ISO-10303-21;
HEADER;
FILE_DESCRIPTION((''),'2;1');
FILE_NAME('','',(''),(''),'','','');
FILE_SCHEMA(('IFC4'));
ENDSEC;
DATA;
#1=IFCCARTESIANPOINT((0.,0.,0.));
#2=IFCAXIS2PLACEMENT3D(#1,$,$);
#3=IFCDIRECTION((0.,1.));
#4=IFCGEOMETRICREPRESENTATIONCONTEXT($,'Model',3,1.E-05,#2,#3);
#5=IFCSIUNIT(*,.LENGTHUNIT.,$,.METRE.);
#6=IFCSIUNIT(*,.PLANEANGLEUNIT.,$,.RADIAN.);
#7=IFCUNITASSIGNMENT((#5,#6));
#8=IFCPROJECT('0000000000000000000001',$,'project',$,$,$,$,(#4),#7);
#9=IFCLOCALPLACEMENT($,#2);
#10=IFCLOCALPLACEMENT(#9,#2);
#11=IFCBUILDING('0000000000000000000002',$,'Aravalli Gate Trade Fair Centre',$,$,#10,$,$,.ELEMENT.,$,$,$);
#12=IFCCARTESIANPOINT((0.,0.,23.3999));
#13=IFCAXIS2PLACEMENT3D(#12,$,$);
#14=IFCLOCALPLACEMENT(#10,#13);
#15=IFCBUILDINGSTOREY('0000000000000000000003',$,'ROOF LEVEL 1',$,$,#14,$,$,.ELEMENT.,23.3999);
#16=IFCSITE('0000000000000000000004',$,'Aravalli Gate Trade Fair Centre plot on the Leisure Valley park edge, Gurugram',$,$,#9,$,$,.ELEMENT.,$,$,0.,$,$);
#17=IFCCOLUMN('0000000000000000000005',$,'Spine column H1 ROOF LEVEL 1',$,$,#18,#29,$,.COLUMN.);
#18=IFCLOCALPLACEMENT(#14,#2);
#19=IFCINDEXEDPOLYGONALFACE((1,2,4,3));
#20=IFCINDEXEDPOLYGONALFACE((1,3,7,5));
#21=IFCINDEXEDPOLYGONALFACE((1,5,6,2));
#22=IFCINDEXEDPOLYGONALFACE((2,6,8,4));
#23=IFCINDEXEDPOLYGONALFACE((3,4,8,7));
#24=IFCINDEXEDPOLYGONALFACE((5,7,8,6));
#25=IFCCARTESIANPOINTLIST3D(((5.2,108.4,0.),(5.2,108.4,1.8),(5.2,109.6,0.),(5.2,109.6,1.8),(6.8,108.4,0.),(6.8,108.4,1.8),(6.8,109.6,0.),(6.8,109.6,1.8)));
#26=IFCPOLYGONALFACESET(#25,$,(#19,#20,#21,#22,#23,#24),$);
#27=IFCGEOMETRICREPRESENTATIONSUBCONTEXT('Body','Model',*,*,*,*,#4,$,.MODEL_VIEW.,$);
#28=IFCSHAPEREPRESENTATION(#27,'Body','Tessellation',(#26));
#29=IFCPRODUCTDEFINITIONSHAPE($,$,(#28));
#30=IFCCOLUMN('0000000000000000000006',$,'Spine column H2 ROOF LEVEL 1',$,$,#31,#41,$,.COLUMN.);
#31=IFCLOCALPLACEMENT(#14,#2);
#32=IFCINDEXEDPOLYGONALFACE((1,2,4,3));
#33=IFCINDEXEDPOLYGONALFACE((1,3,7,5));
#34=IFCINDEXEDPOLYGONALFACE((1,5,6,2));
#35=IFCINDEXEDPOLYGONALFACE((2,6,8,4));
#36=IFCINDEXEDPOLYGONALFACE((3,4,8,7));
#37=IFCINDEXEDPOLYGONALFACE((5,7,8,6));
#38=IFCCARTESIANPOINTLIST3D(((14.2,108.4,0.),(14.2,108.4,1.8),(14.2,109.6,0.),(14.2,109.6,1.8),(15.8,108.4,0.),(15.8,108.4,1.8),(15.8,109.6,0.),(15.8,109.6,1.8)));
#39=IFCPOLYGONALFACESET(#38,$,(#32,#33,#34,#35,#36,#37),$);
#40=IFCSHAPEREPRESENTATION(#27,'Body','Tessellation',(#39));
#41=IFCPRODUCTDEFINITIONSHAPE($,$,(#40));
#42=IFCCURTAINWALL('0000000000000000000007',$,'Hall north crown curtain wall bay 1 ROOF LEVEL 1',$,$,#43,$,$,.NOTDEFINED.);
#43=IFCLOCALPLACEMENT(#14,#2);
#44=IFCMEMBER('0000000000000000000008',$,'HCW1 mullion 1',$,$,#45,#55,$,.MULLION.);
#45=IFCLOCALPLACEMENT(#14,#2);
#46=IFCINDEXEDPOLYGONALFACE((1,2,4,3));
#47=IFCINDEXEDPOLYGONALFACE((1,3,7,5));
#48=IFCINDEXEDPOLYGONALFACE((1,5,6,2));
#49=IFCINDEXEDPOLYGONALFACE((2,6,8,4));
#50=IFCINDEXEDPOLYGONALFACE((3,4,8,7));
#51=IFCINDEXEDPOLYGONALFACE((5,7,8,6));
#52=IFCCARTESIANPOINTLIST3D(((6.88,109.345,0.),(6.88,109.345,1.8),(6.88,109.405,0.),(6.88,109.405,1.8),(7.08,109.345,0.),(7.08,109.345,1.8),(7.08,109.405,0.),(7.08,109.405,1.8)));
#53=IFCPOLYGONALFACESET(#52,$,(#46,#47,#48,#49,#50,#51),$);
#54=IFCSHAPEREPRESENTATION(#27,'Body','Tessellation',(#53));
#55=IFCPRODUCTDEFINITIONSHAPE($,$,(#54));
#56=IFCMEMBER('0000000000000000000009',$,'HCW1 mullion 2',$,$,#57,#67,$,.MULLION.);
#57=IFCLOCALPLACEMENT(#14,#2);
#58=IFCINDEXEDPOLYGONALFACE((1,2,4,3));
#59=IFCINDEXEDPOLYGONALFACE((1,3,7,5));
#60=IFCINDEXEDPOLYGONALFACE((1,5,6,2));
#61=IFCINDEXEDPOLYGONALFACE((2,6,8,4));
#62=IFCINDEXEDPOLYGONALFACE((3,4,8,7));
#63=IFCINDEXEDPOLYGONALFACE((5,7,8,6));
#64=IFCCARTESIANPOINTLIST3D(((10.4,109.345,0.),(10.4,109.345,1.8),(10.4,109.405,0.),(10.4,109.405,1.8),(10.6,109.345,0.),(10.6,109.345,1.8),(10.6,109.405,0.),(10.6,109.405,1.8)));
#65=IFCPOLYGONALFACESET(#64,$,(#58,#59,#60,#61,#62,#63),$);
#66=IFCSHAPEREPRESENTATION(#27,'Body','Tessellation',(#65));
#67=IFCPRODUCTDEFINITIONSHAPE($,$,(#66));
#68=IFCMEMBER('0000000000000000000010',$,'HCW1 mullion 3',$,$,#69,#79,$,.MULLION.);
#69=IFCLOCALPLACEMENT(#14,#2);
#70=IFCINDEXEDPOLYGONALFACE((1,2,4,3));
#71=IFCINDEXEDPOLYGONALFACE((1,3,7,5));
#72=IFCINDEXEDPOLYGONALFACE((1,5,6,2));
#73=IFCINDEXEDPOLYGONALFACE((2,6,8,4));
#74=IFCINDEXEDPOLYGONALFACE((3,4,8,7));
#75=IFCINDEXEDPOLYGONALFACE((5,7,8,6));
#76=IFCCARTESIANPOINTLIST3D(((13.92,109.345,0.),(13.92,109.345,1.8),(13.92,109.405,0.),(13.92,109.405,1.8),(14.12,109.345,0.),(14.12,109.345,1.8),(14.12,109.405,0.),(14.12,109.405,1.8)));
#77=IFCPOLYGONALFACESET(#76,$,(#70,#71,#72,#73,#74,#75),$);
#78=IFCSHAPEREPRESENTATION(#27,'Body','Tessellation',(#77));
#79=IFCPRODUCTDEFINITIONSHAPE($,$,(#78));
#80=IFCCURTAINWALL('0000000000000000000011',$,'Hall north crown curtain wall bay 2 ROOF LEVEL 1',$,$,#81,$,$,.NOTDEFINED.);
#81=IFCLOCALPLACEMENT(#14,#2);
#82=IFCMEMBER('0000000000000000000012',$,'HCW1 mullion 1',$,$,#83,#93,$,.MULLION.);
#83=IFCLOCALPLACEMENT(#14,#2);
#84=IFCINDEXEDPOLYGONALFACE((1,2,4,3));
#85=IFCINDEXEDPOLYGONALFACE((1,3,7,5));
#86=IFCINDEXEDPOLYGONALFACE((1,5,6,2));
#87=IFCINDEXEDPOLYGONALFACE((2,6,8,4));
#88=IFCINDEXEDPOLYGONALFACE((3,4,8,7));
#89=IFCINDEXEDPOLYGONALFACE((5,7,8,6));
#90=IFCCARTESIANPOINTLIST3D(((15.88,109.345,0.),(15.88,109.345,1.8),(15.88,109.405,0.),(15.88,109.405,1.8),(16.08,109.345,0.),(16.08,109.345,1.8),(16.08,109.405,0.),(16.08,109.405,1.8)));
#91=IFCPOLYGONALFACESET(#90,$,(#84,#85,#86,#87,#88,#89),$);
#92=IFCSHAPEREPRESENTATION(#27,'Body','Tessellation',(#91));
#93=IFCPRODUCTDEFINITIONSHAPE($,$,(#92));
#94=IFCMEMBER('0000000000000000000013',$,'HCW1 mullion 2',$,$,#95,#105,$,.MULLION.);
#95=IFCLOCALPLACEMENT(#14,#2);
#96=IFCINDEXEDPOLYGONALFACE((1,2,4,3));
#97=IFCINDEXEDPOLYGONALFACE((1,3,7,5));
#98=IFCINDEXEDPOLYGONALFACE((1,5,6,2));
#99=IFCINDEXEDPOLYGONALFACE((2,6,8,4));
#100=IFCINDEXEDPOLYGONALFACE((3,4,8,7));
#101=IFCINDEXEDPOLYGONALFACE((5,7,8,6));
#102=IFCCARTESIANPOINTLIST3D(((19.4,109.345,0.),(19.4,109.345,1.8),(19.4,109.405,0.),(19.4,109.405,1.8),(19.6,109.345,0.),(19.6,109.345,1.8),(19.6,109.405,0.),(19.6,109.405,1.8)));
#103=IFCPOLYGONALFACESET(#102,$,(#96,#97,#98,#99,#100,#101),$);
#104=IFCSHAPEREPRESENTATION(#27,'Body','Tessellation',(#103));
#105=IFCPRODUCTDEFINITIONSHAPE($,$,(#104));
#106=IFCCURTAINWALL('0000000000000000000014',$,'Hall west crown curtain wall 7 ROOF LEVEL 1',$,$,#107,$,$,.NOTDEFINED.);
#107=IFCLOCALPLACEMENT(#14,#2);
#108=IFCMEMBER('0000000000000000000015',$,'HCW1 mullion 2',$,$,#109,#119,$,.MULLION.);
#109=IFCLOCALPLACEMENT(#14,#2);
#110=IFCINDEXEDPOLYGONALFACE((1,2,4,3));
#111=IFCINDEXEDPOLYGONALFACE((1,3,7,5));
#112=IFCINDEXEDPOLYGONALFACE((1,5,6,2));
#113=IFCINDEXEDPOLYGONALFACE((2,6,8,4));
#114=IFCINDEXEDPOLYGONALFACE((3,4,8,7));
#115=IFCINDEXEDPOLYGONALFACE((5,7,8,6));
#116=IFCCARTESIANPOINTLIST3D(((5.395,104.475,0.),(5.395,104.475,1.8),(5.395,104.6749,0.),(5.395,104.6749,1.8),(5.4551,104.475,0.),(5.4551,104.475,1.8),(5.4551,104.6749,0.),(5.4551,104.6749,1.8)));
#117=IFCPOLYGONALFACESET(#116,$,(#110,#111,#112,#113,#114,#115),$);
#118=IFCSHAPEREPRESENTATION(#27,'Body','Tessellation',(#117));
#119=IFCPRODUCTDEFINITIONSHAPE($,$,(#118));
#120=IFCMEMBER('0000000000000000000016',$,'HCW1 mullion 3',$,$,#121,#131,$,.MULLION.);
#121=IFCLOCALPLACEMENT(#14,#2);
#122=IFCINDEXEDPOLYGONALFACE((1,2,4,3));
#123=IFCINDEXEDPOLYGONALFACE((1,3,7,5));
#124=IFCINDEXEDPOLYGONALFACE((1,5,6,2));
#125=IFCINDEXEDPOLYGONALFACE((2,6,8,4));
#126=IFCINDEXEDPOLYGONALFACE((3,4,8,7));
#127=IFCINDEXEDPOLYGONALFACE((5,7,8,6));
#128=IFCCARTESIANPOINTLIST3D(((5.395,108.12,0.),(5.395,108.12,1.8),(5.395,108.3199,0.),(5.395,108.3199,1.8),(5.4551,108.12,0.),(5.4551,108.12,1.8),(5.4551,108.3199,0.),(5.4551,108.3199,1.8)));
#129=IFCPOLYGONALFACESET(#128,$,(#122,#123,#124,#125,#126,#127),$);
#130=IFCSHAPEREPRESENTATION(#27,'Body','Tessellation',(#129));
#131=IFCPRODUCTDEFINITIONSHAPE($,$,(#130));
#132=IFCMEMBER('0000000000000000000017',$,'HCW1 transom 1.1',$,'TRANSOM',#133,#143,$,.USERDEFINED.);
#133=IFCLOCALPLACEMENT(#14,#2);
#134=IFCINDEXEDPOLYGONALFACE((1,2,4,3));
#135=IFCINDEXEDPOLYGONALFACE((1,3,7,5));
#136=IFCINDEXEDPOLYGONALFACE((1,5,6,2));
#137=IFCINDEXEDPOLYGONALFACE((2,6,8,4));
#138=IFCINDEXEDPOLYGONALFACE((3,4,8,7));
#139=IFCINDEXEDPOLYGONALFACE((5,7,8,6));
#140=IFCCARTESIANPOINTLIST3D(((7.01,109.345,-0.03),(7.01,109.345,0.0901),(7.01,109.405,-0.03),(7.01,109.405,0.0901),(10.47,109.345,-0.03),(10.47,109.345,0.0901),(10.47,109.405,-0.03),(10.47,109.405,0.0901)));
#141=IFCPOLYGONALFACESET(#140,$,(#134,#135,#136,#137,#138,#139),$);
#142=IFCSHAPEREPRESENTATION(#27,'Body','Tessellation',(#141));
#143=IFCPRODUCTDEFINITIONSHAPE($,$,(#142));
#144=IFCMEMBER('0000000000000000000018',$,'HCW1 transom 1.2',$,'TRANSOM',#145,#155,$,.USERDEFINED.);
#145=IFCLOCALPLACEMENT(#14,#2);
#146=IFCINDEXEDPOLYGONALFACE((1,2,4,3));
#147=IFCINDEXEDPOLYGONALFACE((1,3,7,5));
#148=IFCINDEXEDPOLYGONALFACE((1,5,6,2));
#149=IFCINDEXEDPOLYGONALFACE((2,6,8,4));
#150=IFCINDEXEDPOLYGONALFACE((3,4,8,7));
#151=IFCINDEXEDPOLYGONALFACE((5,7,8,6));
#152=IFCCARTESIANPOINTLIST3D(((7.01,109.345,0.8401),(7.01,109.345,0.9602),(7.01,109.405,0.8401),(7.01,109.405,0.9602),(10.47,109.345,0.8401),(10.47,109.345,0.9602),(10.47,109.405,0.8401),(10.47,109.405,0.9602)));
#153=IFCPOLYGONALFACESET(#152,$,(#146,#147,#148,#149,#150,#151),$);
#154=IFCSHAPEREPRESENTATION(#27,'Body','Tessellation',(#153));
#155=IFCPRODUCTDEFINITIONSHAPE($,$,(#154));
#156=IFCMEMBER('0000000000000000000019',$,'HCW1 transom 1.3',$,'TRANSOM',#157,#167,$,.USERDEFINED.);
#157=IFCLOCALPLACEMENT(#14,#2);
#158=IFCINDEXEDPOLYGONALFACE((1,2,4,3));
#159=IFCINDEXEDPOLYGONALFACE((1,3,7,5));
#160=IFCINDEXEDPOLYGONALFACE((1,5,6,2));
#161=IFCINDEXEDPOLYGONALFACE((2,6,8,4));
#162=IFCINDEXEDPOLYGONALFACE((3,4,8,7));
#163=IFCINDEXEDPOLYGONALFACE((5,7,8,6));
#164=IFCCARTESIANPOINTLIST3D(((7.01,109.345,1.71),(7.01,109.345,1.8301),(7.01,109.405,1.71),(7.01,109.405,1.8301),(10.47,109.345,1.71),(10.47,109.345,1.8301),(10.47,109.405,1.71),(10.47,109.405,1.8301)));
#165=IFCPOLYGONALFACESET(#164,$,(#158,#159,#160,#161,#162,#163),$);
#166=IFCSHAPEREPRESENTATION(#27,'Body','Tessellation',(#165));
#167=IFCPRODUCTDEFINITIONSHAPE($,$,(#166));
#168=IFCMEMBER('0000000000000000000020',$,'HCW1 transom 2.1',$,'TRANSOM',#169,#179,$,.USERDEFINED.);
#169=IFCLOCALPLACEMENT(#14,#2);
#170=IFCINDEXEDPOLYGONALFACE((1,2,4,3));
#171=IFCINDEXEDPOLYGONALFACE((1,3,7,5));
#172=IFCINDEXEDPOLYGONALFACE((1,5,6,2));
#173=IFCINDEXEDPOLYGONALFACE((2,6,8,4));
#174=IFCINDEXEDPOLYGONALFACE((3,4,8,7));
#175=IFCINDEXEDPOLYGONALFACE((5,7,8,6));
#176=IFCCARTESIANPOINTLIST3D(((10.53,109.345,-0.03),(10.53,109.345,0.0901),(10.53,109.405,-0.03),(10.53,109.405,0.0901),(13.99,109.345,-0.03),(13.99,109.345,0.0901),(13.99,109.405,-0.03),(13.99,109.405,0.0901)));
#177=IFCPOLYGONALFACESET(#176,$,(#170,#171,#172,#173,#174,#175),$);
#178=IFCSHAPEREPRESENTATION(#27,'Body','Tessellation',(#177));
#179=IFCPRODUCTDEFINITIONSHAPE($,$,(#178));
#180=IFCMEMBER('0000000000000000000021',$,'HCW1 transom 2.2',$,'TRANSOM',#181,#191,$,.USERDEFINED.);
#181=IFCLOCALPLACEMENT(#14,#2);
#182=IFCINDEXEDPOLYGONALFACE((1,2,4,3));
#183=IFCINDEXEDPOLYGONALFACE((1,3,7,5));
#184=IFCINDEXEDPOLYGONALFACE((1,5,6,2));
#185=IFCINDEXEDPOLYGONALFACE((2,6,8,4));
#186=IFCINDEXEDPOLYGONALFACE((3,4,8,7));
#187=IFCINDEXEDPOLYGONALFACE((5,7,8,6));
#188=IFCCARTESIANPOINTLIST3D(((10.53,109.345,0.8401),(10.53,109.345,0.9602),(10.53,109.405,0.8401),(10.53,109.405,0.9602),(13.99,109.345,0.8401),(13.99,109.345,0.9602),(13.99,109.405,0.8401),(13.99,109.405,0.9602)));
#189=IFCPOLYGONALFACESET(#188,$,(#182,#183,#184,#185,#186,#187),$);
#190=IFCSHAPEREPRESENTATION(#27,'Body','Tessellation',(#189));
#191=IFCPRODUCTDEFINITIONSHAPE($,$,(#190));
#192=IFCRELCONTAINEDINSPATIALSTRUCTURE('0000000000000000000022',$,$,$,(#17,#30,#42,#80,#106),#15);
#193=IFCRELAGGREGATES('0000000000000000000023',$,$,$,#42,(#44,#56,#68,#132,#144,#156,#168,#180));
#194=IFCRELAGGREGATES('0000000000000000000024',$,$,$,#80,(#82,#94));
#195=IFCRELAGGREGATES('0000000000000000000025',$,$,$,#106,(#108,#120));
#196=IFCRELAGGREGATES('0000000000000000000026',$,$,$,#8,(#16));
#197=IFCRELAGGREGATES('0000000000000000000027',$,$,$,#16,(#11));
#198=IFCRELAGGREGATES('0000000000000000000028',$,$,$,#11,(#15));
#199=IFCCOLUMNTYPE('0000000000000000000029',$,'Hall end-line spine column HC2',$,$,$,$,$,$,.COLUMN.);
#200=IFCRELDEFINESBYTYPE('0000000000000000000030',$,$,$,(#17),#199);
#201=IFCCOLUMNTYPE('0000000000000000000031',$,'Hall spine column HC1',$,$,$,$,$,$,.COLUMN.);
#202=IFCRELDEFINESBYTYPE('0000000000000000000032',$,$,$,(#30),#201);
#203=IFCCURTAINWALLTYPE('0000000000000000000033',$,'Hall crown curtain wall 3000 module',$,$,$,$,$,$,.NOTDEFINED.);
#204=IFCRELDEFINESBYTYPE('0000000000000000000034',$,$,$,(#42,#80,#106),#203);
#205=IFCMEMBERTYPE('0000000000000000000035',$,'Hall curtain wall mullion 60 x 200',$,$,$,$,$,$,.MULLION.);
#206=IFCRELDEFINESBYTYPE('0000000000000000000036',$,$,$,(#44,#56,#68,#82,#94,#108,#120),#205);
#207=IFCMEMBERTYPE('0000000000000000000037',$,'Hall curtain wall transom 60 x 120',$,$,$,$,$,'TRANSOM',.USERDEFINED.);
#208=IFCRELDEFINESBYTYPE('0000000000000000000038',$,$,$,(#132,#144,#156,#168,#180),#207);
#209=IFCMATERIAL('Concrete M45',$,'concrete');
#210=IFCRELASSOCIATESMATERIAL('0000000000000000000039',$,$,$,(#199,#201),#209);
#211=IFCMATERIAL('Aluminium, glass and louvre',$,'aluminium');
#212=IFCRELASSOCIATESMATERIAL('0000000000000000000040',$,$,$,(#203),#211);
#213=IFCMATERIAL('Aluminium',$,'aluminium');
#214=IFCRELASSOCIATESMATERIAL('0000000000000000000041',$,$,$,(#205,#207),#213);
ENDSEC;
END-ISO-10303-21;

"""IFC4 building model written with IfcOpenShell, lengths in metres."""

from ifc_helpers import new_model, si_unit, direction, frame, origin, origin_2d, place, context, subcontext, project, spatial, rectangle, extrude, material, material_profile, profile_set, type_object, element, aggregate, save


model = new_model("IFC4")

# Units and contexts
model_context = context("Model", 3, precision=1e-05, world=origin(), true_north=direction((0.0, 1.0)))
body_context = subcontext(model_context, "Body", "Model", "MODEL_VIEW")
ifc_project = project(units=[si_unit("LENGTHUNIT", "METRE"), si_unit("PLANEANGLEUNIT", "RADIAN")], contexts=[model_context])

# Site, building, storey
site_placement = place(None, origin())
site = spatial("IfcSite", under=ifc_project, at=site_placement, Name="Aravalli Gate Trade Fair Centre plot on the Leisure Valley park edge, Gurugram", CompositionType="ELEMENT", RefElevation=0.0)
building_placement = place(site_placement, origin())
building = spatial("IfcBuilding", under=site, at=building_placement, Name="Aravalli Gate Trade Fair Centre", CompositionType="ELEMENT")
storey_placement = place(building_placement, frame((0.0, 0.0, 23.3999)))
storey = spatial("IfcBuildingStorey", under=building, at=storey_placement, Name="ROOF LEVEL 1", CompositionType="ELEMENT", Elevation=23.3999)

# Columns
ifc_material_1 = material(Name="Concrete M45", Category="concrete")
ifc_material_profile_1 = material_profile(ifc_material_1, rectangle(XDim=1.6001, YDim=1.2, at=origin_2d()), Name="RC 1600x1200")
ifc_profile_set_1 = profile_set([ifc_material_profile_1], Name="Concrete M45")
column_type_1 = type_object("IfcColumnType", Name="Hall end-line spine column HC2", PredefinedType="COLUMN", material=ifc_profile_set_1)
column_1_placement = place(storey_placement, frame((6.0, 109.0, 0.0), z_axis=(0.0, 0.0, 1.0), x_axis=(1.0, 0.0, 0.0)))
element("IfcColumn", 1, at=column_1_placement, inside=storey, type_object=column_type_1, Name="Spine column H1 ROOF LEVEL 1", PredefinedType="COLUMN", context=body_context, shape_type="SweptSolid", body=[
    extrude(rectangle(XDim=1.6001, YDim=1.2, at=origin_2d()), origin(), (0.0, 0.0, 1.0), 1.8),
])
ifc_material_profile_2 = material_profile(ifc_material_1, rectangle(XDim=1.6001, YDim=1.2, at=origin_2d()), Name="RC 1600x1200")
ifc_profile_set_2 = profile_set([ifc_material_profile_2], Name="Concrete M45")
column_type_2 = type_object("IfcColumnType", Name="Hall spine column HC1", PredefinedType="COLUMN", material=ifc_profile_set_2)
column_2_placement = place(storey_placement, frame((15.0, 109.0, 0.0), z_axis=(0.0, 0.0, 1.0), x_axis=(1.0, 0.0, 0.0)))
element("IfcColumn", 2, at=column_2_placement, inside=storey, type_object=column_type_2, Name="Spine column H2 ROOF LEVEL 1", PredefinedType="COLUMN", context=body_context, shape_type="SweptSolid", body=[
    extrude(rectangle(XDim=1.6001, YDim=1.2, at=origin_2d()), origin(), (0.0, 0.0, 1.0), 1.8),
])

# Curtain walls, members
ifc_material_2 = material(Name="Aluminium, glass and louvre", Category="aluminium")
curtain_wall_type = type_object("IfcCurtainWallType", Name="Hall crown curtain wall 3000 module", PredefinedType="NOTDEFINED", material=ifc_material_2)
curtain_wall_1_placement = place(storey_placement, origin())
curtain_wall_1 = element("IfcCurtainWall", 3, at=curtain_wall_1_placement, inside=storey, type_object=curtain_wall_type, Name="Hall north crown curtain wall bay 1 ROOF LEVEL 1", PredefinedType="NOTDEFINED")
ifc_material_3 = material(Name="Aluminium", Category="aluminium")
ifc_material_profile_3 = material_profile(ifc_material_3, rectangle(XDim=0.0601, YDim=0.2, at=origin_2d()), Name="Hall curtain wall mullion 60 x 200")
ifc_profile_set_3 = profile_set([ifc_material_profile_3], Name="Aluminium")
member_type_1 = type_object("IfcMemberType", Name="Hall curtain wall mullion 60 x 200", PredefinedType="MULLION", material=ifc_profile_set_3)
member_1_placement = place(storey_placement, frame((6.98, 109.375, 0.0), z_axis=(0.0, 0.0, 1.0), x_axis=(0.0, 1.0, 0.0)))
member_1 = element("IfcMember", 4, at=member_1_placement, type_object=member_type_1, Name="HCW1 mullion 1", PredefinedType="MULLION", context=body_context, shape_type="SweptSolid", body=[
    extrude(rectangle(XDim=0.0601, YDim=0.2, at=origin_2d()), origin(), (0.0, 0.0, 1.0), 1.8),
])
member_2_placement = place(storey_placement, frame((10.5, 109.375, 0.0), z_axis=(0.0, 0.0, 1.0), x_axis=(0.0, 1.0, 0.0)))
member_2 = element("IfcMember", 5, at=member_2_placement, type_object=member_type_1, Name="HCW1 mullion 2", PredefinedType="MULLION", context=body_context, shape_type="SweptSolid", body=[
    extrude(rectangle(XDim=0.0601, YDim=0.2, at=origin_2d()), origin(), (0.0, 0.0, 1.0), 1.8),
])
member_3_placement = place(storey_placement, frame((14.02, 109.375, 0.0), z_axis=(0.0, 0.0, 1.0), x_axis=(0.0, 1.0, 0.0)))
member_3 = element("IfcMember", 6, at=member_3_placement, type_object=member_type_1, Name="HCW1 mullion 3", PredefinedType="MULLION", context=body_context, shape_type="SweptSolid", body=[
    extrude(rectangle(XDim=0.0601, YDim=0.2, at=origin_2d()), origin(), (0.0, 0.0, 1.0), 1.8),
])
curtain_wall_2_placement = place(storey_placement, origin())
curtain_wall_2 = element("IfcCurtainWall", 7, at=curtain_wall_2_placement, inside=storey, type_object=curtain_wall_type, Name="Hall north crown curtain wall bay 2 ROOF LEVEL 1", PredefinedType="NOTDEFINED")
member_4_placement = place(storey_placement, frame((15.98, 109.375, 0.0), z_axis=(0.0, 0.0, 1.0), x_axis=(0.0, 1.0, 0.0)))
member_4 = element("IfcMember", 8, at=member_4_placement, type_object=member_type_1, Name="HCW1 mullion 1", PredefinedType="MULLION", context=body_context, shape_type="SweptSolid", body=[
    extrude(rectangle(XDim=0.0601, YDim=0.2, at=origin_2d()), origin(), (0.0, 0.0, 1.0), 1.8),
])
member_5_placement = place(storey_placement, frame((19.5, 109.375, 0.0), z_axis=(0.0, 0.0, 1.0), x_axis=(0.0, 1.0, 0.0)))
member_5 = element("IfcMember", 9, at=member_5_placement, type_object=member_type_1, Name="HCW1 mullion 2", PredefinedType="MULLION", context=body_context, shape_type="SweptSolid", body=[
    extrude(rectangle(XDim=0.0601, YDim=0.2, at=origin_2d()), origin(), (0.0, 0.0, 1.0), 1.8),
])
curtain_wall_3_placement = place(storey_placement, origin())
curtain_wall_3 = element("IfcCurtainWall", 10, at=curtain_wall_3_placement, inside=storey, type_object=curtain_wall_type, Name="Hall west crown curtain wall 7 ROOF LEVEL 1", PredefinedType="NOTDEFINED")
member_6_placement = place(storey_placement, frame((5.425, 104.575, 0.0), z_axis=(0.0, 0.0, 1.0), x_axis=(-1.0, 0.0, 0.0)))
member_6 = element("IfcMember", 11, at=member_6_placement, type_object=member_type_1, Name="HCW1 mullion 2", PredefinedType="MULLION", context=body_context, shape_type="SweptSolid", body=[
    extrude(rectangle(XDim=0.0601, YDim=0.2, at=origin_2d()), origin(), (0.0, 0.0, 1.0), 1.8),
])
member_7_placement = place(storey_placement, frame((5.425, 108.22, 0.0), z_axis=(0.0, 0.0, 1.0), x_axis=(-1.0, 0.0, 0.0)))
member_7 = element("IfcMember", 12, at=member_7_placement, type_object=member_type_1, Name="HCW1 mullion 3", PredefinedType="MULLION", context=body_context, shape_type="SweptSolid", body=[
    extrude(rectangle(XDim=0.0601, YDim=0.2, at=origin_2d()), origin(), (0.0, 0.0, 1.0), 1.8),
])

# Members
ifc_material_profile_4 = material_profile(ifc_material_3, rectangle(XDim=0.0601, YDim=0.1201, at=origin_2d()), Name="Hall curtain wall transom 60 x 120")
ifc_profile_set_4 = profile_set([ifc_material_profile_4], Name="Aluminium")
member_type_2 = type_object("IfcMemberType", Name="Hall curtain wall transom 60 x 120", ElementType="TRANSOM", PredefinedType="USERDEFINED", material=ifc_profile_set_4)
member_8_placement = place(storey_placement, frame((7.01, 109.375, 0.03), z_axis=(1.0, 0.0, 0.0), x_axis=(0.0, 1.0, 0.0)))
member_8 = element("IfcMember", 13, at=member_8_placement, type_object=member_type_2, Name="HCW1 transom 1.1", ObjectType="TRANSOM", PredefinedType="USERDEFINED", context=body_context, shape_type="SweptSolid", body=[
    extrude(rectangle(XDim=0.0601, YDim=0.1201, at=origin_2d()), origin(), (0.0, 0.0, 1.0), 3.46),
])
member_9_placement = place(storey_placement, frame((7.01, 109.375, 0.9001), z_axis=(1.0, 0.0, 0.0), x_axis=(0.0, 1.0, 0.0)))
member_9 = element("IfcMember", 14, at=member_9_placement, type_object=member_type_2, Name="HCW1 transom 1.2", ObjectType="TRANSOM", PredefinedType="USERDEFINED", context=body_context, shape_type="SweptSolid", body=[
    extrude(rectangle(XDim=0.0601, YDim=0.1201, at=origin_2d()), origin(), (0.0, 0.0, 1.0), 3.46),
])
member_10_placement = place(storey_placement, frame((7.01, 109.375, 1.77), z_axis=(1.0, 0.0, 0.0), x_axis=(0.0, 1.0, 0.0)))
member_10 = element("IfcMember", 15, at=member_10_placement, type_object=member_type_2, Name="HCW1 transom 1.3", ObjectType="TRANSOM", PredefinedType="USERDEFINED", context=body_context, shape_type="SweptSolid", body=[
    extrude(rectangle(XDim=0.0601, YDim=0.1201, at=origin_2d()), origin(), (0.0, 0.0, 1.0), 3.46),
])
member_11_placement = place(storey_placement, frame((10.53, 109.375, 0.03), z_axis=(1.0, 0.0, 0.0), x_axis=(0.0, 1.0, 0.0)))
member_11 = element("IfcMember", 16, at=member_11_placement, type_object=member_type_2, Name="HCW1 transom 2.1", ObjectType="TRANSOM", PredefinedType="USERDEFINED", context=body_context, shape_type="SweptSolid", body=[
    extrude(rectangle(XDim=0.0601, YDim=0.1201, at=origin_2d()), origin(), (0.0, 0.0, 1.0), 3.46),
])
member_12_placement = place(storey_placement, frame((10.53, 109.375, 0.9001), z_axis=(1.0, 0.0, 0.0), x_axis=(0.0, 1.0, 0.0)))
member_12 = element("IfcMember", 17, at=member_12_placement, type_object=member_type_2, Name="HCW1 transom 2.2", ObjectType="TRANSOM", PredefinedType="USERDEFINED", context=body_context, shape_type="SweptSolid", body=[
    extrude(rectangle(XDim=0.0601, YDim=0.1201, at=origin_2d()), origin(), (0.0, 0.0, 1.0), 3.46),
])

aggregate(curtain_wall_1, [member_1, member_2, member_3, member_8, member_9, member_10, member_11, member_12])
aggregate(curtain_wall_2, [member_4, member_5])
aggregate(curtain_wall_3, [member_6, member_7])

save(model, "model.ifc")
